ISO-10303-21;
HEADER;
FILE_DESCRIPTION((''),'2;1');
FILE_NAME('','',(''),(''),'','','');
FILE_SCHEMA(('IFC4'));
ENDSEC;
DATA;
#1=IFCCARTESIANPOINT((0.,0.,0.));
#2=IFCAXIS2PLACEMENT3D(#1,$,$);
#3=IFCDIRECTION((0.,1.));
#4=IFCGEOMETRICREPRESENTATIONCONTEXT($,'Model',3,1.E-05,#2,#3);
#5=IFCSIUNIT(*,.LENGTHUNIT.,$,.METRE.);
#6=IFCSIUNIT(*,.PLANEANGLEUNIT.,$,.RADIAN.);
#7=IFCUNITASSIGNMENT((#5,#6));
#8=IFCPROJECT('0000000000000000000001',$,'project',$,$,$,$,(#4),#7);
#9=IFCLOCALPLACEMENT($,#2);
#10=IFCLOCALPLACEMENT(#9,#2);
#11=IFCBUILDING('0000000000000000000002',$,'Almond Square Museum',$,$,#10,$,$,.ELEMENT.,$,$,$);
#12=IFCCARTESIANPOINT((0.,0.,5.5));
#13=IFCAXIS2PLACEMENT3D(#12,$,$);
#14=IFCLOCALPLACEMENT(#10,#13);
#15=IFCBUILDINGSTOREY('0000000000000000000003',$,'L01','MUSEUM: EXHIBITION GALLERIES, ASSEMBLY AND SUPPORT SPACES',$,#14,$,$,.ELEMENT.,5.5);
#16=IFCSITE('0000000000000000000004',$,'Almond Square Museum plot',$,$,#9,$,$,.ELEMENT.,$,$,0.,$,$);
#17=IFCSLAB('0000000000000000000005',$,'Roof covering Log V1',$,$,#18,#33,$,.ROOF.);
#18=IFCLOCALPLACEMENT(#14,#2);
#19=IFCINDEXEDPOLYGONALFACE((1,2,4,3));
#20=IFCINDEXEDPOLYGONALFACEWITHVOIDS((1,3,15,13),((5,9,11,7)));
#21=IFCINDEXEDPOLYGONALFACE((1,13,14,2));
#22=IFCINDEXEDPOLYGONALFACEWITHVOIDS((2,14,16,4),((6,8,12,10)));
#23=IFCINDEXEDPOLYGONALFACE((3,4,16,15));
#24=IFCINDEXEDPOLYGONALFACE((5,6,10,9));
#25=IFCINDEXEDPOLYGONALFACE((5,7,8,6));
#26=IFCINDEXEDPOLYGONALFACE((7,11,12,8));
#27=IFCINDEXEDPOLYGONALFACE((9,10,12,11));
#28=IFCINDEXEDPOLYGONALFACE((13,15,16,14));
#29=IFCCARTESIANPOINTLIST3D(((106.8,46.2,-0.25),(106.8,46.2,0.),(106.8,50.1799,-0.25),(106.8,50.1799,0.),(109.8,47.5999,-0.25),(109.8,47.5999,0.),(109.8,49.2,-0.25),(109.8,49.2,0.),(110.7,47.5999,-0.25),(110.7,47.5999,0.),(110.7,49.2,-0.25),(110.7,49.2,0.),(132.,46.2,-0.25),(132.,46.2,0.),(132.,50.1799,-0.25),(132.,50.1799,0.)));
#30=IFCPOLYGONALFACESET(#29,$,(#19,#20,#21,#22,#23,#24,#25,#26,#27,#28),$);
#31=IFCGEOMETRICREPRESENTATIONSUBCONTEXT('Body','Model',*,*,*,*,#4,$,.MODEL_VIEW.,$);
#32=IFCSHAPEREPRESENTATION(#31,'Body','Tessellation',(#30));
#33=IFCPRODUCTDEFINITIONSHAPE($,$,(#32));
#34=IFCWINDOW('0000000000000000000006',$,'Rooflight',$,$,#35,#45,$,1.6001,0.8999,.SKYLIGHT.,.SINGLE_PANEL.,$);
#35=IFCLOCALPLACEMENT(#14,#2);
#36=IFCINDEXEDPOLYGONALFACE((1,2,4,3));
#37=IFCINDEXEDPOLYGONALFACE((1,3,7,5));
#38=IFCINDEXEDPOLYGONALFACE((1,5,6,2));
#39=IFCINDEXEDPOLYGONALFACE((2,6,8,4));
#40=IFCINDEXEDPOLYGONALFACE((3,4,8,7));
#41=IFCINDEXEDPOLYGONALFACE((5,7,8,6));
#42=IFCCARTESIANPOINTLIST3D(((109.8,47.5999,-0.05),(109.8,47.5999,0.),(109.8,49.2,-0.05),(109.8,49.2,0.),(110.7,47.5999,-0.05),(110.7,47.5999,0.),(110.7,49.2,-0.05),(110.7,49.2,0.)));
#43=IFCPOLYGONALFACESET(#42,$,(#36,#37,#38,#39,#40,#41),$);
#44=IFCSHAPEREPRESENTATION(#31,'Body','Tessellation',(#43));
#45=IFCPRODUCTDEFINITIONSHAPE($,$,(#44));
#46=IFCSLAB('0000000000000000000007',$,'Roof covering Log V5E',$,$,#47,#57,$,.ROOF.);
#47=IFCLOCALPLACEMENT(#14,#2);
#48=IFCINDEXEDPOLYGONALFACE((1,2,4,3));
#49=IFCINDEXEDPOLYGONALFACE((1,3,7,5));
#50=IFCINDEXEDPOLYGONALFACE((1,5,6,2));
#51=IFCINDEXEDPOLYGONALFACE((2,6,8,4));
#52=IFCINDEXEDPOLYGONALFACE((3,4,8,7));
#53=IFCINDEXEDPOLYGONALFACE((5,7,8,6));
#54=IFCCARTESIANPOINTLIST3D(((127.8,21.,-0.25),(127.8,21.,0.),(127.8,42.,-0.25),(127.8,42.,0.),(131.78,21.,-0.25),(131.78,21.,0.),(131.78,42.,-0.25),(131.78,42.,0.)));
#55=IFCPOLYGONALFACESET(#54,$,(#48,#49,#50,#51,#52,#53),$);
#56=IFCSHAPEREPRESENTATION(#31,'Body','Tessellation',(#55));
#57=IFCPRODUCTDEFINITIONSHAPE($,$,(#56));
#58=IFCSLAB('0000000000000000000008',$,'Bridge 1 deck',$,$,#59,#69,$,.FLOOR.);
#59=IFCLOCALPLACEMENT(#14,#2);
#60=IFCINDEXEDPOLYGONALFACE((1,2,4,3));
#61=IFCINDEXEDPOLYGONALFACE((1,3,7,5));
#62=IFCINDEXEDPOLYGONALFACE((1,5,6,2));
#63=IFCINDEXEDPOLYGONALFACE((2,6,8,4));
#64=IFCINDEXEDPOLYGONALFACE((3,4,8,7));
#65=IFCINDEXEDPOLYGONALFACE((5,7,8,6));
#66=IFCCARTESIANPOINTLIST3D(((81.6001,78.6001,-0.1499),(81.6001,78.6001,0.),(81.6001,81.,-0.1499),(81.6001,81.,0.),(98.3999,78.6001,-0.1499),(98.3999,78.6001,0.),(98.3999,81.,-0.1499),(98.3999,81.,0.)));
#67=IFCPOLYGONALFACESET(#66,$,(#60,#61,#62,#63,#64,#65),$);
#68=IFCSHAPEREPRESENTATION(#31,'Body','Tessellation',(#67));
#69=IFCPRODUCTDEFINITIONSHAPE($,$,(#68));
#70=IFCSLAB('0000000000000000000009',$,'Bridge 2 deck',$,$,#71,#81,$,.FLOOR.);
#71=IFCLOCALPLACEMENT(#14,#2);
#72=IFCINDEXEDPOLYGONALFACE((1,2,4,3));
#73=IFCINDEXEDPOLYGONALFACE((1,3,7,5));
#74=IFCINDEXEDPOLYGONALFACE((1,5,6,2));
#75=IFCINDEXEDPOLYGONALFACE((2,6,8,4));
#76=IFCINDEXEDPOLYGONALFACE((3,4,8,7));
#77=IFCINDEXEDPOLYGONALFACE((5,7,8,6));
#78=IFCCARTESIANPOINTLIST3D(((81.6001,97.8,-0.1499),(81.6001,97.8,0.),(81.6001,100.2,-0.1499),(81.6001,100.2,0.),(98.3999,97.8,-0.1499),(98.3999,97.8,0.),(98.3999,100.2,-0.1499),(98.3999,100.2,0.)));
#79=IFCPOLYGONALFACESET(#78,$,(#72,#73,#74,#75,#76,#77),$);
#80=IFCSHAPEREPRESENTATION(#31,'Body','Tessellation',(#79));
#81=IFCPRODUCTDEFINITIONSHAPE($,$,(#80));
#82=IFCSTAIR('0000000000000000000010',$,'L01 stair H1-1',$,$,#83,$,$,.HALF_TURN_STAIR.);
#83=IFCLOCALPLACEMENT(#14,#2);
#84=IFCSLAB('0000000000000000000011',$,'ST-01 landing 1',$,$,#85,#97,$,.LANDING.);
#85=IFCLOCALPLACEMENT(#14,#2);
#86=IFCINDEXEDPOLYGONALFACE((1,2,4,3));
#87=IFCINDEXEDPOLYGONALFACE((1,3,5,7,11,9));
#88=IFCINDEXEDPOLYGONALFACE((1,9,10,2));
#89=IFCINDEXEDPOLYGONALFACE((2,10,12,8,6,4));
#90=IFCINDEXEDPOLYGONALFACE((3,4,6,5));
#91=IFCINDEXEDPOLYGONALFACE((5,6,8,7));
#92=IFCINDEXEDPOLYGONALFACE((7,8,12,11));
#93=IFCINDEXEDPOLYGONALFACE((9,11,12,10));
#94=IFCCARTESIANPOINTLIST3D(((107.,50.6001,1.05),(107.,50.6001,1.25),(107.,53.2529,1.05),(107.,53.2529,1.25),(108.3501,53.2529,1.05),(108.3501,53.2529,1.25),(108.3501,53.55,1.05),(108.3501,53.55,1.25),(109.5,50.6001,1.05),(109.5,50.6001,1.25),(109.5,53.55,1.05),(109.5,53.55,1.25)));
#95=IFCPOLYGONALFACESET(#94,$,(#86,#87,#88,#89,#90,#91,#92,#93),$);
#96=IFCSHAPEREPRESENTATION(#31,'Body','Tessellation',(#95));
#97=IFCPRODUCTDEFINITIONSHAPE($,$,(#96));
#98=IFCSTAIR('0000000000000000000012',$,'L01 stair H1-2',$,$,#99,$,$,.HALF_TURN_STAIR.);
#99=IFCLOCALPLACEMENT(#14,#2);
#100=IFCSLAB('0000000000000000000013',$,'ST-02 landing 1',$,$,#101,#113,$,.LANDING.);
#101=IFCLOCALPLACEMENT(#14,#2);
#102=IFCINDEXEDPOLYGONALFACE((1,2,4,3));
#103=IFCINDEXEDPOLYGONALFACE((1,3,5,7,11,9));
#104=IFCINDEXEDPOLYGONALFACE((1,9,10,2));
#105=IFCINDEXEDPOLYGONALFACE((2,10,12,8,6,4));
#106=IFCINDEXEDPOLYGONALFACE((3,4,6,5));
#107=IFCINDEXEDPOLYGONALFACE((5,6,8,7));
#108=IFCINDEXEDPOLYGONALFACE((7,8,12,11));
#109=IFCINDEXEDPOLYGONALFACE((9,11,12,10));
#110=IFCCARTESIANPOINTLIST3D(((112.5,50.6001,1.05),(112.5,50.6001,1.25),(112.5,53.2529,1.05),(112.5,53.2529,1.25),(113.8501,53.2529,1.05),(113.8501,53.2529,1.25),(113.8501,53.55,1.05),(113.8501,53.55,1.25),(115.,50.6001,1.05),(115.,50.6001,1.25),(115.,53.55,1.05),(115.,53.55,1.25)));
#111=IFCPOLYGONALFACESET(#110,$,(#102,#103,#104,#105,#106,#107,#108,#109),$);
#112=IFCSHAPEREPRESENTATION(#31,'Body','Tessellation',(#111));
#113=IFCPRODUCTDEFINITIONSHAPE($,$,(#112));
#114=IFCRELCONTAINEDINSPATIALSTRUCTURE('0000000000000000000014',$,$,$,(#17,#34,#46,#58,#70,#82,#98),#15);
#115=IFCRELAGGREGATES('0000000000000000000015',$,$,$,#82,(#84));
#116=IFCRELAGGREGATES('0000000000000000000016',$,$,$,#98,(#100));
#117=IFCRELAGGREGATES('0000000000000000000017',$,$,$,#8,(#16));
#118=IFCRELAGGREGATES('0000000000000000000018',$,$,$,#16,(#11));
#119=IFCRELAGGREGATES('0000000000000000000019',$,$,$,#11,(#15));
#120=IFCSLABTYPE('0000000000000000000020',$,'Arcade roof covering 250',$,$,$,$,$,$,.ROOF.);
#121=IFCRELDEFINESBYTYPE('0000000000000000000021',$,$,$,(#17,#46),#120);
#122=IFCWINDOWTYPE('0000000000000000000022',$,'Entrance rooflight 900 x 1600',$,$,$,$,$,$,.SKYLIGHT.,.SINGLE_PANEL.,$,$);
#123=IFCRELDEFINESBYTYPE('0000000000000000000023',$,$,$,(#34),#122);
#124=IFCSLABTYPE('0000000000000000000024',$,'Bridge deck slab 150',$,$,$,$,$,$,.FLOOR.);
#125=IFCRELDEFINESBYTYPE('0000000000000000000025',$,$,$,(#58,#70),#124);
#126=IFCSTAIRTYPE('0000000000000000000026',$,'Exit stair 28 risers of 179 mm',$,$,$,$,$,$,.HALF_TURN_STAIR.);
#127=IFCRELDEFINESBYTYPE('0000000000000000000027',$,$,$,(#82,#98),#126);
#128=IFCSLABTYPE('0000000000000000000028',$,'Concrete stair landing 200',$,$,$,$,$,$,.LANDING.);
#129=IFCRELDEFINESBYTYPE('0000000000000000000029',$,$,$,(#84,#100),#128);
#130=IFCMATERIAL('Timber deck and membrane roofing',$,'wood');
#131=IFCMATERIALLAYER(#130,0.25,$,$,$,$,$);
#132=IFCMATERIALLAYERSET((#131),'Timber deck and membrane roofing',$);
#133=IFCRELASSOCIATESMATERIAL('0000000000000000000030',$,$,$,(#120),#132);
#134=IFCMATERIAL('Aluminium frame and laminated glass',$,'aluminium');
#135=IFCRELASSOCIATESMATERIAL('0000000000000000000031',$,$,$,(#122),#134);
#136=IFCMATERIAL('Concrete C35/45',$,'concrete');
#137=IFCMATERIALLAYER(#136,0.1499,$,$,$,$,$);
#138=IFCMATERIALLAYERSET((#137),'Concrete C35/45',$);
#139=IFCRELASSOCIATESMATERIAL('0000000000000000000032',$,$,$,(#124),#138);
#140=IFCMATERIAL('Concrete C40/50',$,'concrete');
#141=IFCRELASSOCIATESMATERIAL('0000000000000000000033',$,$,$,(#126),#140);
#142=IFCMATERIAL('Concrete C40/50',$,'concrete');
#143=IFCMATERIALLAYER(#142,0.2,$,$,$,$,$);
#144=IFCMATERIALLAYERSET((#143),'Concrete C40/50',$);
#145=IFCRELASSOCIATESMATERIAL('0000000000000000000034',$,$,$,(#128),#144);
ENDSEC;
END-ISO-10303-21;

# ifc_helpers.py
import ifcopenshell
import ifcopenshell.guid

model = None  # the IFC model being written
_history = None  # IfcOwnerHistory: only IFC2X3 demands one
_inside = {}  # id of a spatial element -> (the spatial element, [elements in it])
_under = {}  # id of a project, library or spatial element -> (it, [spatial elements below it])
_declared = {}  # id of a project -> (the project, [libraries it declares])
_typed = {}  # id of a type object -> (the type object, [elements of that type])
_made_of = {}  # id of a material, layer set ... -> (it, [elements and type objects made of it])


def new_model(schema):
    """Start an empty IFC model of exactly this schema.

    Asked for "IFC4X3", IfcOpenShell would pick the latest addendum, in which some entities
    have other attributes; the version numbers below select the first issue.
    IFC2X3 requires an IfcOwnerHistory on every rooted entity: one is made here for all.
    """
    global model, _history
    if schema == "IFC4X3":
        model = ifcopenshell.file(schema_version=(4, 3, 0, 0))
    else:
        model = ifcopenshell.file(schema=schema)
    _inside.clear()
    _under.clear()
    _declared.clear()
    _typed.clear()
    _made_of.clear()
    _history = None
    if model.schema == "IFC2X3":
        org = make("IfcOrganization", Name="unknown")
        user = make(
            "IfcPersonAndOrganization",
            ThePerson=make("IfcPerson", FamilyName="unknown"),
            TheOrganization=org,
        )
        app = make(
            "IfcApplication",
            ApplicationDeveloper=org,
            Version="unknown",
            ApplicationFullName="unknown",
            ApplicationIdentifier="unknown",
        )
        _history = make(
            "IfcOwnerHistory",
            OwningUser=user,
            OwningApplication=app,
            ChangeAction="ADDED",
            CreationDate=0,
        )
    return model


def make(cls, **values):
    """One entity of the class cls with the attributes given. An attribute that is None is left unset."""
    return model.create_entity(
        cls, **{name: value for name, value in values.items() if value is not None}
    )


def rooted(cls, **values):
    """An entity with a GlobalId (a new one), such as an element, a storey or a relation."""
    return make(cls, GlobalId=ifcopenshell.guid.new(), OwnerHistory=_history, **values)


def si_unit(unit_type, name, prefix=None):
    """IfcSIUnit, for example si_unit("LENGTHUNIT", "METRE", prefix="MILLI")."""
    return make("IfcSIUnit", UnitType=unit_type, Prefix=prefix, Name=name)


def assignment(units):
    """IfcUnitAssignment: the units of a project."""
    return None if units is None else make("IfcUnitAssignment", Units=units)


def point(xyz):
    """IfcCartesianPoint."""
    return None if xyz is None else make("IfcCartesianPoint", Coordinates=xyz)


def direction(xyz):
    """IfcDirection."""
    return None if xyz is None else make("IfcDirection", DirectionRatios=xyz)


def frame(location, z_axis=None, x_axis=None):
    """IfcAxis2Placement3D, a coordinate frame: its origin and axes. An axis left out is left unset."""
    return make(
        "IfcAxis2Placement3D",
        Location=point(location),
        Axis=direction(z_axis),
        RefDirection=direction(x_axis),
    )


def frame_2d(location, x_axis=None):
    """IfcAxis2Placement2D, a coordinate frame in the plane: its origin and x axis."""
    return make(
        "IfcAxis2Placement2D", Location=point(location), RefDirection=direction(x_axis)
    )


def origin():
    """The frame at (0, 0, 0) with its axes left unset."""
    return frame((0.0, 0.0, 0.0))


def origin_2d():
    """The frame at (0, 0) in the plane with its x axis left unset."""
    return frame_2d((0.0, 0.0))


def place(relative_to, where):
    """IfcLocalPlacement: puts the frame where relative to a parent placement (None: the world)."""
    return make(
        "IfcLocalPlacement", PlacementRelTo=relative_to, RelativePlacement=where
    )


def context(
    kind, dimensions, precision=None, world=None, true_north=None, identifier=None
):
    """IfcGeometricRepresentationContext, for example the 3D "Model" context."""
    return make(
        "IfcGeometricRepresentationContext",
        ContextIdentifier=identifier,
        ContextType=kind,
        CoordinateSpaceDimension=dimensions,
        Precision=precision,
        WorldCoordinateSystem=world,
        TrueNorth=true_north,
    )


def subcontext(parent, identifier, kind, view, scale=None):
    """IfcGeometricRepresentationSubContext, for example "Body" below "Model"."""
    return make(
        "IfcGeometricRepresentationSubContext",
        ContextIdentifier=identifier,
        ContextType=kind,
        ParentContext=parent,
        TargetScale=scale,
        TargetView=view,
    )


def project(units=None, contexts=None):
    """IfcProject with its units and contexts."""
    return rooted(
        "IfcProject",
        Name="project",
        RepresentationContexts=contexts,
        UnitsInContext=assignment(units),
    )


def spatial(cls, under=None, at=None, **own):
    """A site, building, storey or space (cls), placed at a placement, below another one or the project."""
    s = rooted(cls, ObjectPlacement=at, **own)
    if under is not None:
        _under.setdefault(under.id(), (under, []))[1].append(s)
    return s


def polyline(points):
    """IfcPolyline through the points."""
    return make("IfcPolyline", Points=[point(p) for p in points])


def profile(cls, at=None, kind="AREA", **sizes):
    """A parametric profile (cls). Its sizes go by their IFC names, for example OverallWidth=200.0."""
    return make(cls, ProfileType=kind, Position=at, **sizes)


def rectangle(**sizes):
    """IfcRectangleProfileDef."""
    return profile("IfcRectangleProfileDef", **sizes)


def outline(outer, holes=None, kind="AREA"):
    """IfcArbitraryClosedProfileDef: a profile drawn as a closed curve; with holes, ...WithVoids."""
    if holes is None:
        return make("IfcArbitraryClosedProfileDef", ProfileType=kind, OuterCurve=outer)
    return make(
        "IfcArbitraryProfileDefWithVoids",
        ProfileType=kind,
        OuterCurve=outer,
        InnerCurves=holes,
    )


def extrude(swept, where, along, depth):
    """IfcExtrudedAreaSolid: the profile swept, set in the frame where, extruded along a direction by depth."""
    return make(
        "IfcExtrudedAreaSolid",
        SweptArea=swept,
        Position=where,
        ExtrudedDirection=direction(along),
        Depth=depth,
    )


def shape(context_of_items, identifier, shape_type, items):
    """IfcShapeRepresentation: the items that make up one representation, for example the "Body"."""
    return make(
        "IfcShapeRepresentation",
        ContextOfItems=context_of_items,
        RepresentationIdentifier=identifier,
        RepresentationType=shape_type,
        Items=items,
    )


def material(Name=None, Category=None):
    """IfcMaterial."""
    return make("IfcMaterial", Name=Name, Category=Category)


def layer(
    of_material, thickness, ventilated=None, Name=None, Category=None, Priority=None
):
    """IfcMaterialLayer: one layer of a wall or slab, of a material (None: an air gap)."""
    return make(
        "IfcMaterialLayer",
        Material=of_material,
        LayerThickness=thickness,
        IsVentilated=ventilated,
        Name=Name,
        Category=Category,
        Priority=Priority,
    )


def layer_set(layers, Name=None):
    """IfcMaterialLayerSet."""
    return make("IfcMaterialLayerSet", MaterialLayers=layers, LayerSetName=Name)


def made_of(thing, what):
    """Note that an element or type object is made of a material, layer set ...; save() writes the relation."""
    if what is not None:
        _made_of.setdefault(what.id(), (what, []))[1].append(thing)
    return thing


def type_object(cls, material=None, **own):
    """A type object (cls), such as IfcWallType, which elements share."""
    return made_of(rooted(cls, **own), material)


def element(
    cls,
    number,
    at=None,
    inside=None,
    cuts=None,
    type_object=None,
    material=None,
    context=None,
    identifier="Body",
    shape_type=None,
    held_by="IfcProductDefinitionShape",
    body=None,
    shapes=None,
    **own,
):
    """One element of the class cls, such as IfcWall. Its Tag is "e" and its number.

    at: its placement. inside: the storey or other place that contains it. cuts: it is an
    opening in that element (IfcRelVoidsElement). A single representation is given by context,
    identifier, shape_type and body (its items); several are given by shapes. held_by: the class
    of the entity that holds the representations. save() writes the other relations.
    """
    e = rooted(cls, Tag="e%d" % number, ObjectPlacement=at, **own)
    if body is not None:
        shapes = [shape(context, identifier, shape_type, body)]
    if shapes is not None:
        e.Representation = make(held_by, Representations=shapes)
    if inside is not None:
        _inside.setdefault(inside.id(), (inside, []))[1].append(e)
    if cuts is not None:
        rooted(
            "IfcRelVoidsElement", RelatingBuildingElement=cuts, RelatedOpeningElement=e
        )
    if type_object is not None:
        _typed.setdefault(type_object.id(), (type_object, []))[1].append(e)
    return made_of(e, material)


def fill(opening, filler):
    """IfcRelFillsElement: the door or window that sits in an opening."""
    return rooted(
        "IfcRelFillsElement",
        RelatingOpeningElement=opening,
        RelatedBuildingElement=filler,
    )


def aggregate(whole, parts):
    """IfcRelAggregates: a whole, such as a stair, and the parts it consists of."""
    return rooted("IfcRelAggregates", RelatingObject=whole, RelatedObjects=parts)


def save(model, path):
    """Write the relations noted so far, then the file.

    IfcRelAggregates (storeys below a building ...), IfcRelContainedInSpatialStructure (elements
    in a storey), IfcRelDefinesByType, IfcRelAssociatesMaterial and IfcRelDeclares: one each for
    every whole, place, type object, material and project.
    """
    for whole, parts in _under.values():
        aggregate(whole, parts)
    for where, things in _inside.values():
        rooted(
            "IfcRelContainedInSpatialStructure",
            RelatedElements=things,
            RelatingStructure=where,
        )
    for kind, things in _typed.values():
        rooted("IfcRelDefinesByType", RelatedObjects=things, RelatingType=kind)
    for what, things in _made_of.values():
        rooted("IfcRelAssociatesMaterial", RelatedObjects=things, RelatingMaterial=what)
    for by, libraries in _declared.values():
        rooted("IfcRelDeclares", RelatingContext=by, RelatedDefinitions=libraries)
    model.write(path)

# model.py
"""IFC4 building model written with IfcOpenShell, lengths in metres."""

from ifc_helpers import new_model, si_unit, direction, frame, origin, origin_2d, place, context, subcontext, project, spatial, polyline, rectangle, outline, extrude, material, layer, layer_set, type_object, element, fill, aggregate, save


model = new_model("IFC4")

# Units and contexts
model_context = context("Model", 3, precision=1e-05, world=origin(), true_north=direction((0.0, 1.0)))
body_context = subcontext(model_context, "Body", "Model", "MODEL_VIEW")
ifc_project = project(units=[si_unit("LENGTHUNIT", "METRE"), si_unit("PLANEANGLEUNIT", "RADIAN")], contexts=[model_context])

# Site, building, storey
site_placement = place(None, origin())
site = spatial("IfcSite", under=ifc_project, at=site_placement, Name="Almond Square Museum plot", CompositionType="ELEMENT", RefElevation=0.0)
building_placement = place(site_placement, origin())
building = spatial("IfcBuilding", under=site, at=building_placement, Name="Almond Square Museum", CompositionType="ELEMENT")
storey_placement = place(building_placement, frame((0.0, 0.0, 5.5)))
storey = spatial("IfcBuildingStorey", under=building, at=storey_placement, Name="L01", Description="MUSEUM: EXHIBITION GALLERIES, ASSEMBLY AND SUPPORT SPACES", CompositionType="ELEMENT", Elevation=5.5)

# Slab, opening, window
ifc_material_1 = material(Name="Timber deck and membrane roofing", Category="wood")
ifc_layer_1 = layer(ifc_material_1, 0.25)
ifc_layer_set_1 = layer_set([ifc_layer_1], Name="Timber deck and membrane roofing")
slab_type_1 = type_object("IfcSlabType", Name="Arcade roof covering 250", PredefinedType="ROOF", material=ifc_layer_set_1)
ifc_material_2 = material(Name="Aluminium frame and laminated glass", Category="aluminium")
window_type = type_object("IfcWindowType", Name="Entrance rooflight 900 x 1600", PartitioningType="SINGLE_PANEL", PredefinedType="SKYLIGHT", material=ifc_material_2)
slab_1_placement = place(storey_placement, frame((0.0, 0.0, -0.25)))
slab_1 = element("IfcSlab", 1, at=slab_1_placement, inside=storey, type_object=slab_type_1, Name="Roof covering Log V1", PredefinedType="ROOF", context=body_context, shape_type="SweptSolid", body=[
    extrude(outline(polyline([(132.0, 46.2), (132.0, 50.1799), (106.8, 50.1799), (106.8, 46.2), (132.0, 46.2)])), origin(), (0.0, 0.0, 1.0), 0.25),
])
opening_1_placement = place(slab_1_placement, frame((110.25, 48.3999, -0.01)))
opening_1 = element("IfcOpeningElement", 2, at=opening_1_placement, cuts=slab_1, PredefinedType="OPENING", context=body_context, shape_type="SweptSolid", body=[
    extrude(rectangle(XDim=0.8999, YDim=1.6001, at=origin_2d()), origin(), (0.0, 0.0, 1.0), 0.27),
])
window_1_placement = place(opening_1_placement, frame((0.0, 0.0, 0.21)))
window_1 = element("IfcWindow", 3, at=window_1_placement, inside=storey, type_object=window_type, Name="Rooflight", OverallHeight=1.6001, OverallWidth=0.8999, PartitioningType="SINGLE_PANEL", PredefinedType="SKYLIGHT", context=body_context, shape_type="SweptSolid", body=[
    extrude(rectangle(XDim=0.8999, YDim=1.6001, at=origin_2d()), origin(), (0.0, 0.0, 1.0), 0.05),
])
fill(opening_1, window_1)

# Slabs
slab_2_placement = place(storey_placement, frame((0.0, 0.0, -0.25)))
element("IfcSlab", 4, at=slab_2_placement, inside=storey, type_object=slab_type_1, Name="Roof covering Log V5E", PredefinedType="ROOF", context=body_context, shape_type="SweptSolid", body=[
    extrude(outline(polyline([(131.78, 21.0), (131.78, 42.0), (127.8, 42.0), (127.8, 21.0), (131.78, 21.0)])), origin(), (0.0, 0.0, 1.0), 0.25),
])
ifc_material_3 = material(Name="Concrete C35/45", Category="concrete")
ifc_layer_2 = layer(ifc_material_3, 0.1499)
ifc_layer_set_2 = layer_set([ifc_layer_2], Name="Concrete C35/45")
slab_type_2 = type_object("IfcSlabType", Name="Bridge deck slab 150", PredefinedType="FLOOR", material=ifc_layer_set_2)
slab_3_placement = place(storey_placement, frame((0.0, 0.0, -0.1499)))
element("IfcSlab", 5, at=slab_3_placement, inside=storey, type_object=slab_type_2, Name="Bridge 1 deck", PredefinedType="FLOOR", context=body_context, shape_type="SweptSolid", body=[
    extrude(outline(polyline([(81.6001, 78.6001), (98.3999, 78.6001), (98.3999, 81.0), (81.6001, 81.0), (81.6001, 78.6001)])), origin(), (0.0, 0.0, 1.0), 0.1499),
])
slab_4_placement = place(storey_placement, frame((0.0, 0.0, -0.1499)))
element("IfcSlab", 6, at=slab_4_placement, inside=storey, type_object=slab_type_2, Name="Bridge 2 deck", PredefinedType="FLOOR", context=body_context, shape_type="SweptSolid", body=[
    extrude(outline(polyline([(81.6001, 97.8), (98.3999, 97.8), (98.3999, 100.2), (81.6001, 100.2), (81.6001, 97.8)])), origin(), (0.0, 0.0, 1.0), 0.1499),
])

# Stairs, slabs
ifc_material_4 = material(Name="Concrete C40/50", Category="concrete")
stair_type = type_object("IfcStairType", Name="Exit stair 28 risers of 179 mm", PredefinedType="HALF_TURN_STAIR", material=ifc_material_4)
stair_1_placement = place(storey_placement, origin())
stair_1 = element("IfcStair", 7, at=stair_1_placement, inside=storey, type_object=stair_type, Name="L01 stair H1-1", PredefinedType="HALF_TURN_STAIR")
ifc_material_5 = material(Name="Concrete C40/50", Category="concrete")
ifc_layer_3 = layer(ifc_material_5, 0.2)
ifc_layer_set_3 = layer_set([ifc_layer_3], Name="Concrete C40/50")
slab_type_3 = type_object("IfcSlabType", Name="Concrete stair landing 200", PredefinedType="LANDING", material=ifc_layer_set_3)
slab_5_placement = place(storey_placement, frame((0.0, 0.0, 1.05)))
slab_5 = element("IfcSlab", 8, at=slab_5_placement, type_object=slab_type_3, Name="ST-01 landing 1", PredefinedType="LANDING", context=body_context, shape_type="SweptSolid", body=[
    extrude(outline(polyline([(107.0, 53.2529), (107.0, 50.6001), (109.5, 50.6001), (109.5, 53.55), (108.3501, 53.55), (108.3501, 53.2529), (107.0, 53.2529)])), origin(), (0.0, 0.0, 1.0), 0.2),
])
aggregate(stair_1, [slab_5])
stair_2_placement = place(storey_placement, origin())
stair_2 = element("IfcStair", 9, at=stair_2_placement, inside=storey, type_object=stair_type, Name="L01 stair H1-2", PredefinedType="HALF_TURN_STAIR")
slab_6_placement = place(storey_placement, frame((0.0, 0.0, 1.05)))
slab_6 = element("IfcSlab", 10, at=slab_6_placement, type_object=slab_type_3, Name="ST-02 landing 1", PredefinedType="LANDING", context=body_context, shape_type="SweptSolid", body=[
    extrude(outline(polyline([(112.5, 53.2529), (112.5, 50.6001), (115.0, 50.6001), (115.0, 53.55), (113.8501, 53.55), (113.8501, 53.2529), (112.5, 53.2529)])), origin(), (0.0, 0.0, 1.0), 0.2),
])
aggregate(stair_2, [slab_6])

save(model, "model.ifc")
